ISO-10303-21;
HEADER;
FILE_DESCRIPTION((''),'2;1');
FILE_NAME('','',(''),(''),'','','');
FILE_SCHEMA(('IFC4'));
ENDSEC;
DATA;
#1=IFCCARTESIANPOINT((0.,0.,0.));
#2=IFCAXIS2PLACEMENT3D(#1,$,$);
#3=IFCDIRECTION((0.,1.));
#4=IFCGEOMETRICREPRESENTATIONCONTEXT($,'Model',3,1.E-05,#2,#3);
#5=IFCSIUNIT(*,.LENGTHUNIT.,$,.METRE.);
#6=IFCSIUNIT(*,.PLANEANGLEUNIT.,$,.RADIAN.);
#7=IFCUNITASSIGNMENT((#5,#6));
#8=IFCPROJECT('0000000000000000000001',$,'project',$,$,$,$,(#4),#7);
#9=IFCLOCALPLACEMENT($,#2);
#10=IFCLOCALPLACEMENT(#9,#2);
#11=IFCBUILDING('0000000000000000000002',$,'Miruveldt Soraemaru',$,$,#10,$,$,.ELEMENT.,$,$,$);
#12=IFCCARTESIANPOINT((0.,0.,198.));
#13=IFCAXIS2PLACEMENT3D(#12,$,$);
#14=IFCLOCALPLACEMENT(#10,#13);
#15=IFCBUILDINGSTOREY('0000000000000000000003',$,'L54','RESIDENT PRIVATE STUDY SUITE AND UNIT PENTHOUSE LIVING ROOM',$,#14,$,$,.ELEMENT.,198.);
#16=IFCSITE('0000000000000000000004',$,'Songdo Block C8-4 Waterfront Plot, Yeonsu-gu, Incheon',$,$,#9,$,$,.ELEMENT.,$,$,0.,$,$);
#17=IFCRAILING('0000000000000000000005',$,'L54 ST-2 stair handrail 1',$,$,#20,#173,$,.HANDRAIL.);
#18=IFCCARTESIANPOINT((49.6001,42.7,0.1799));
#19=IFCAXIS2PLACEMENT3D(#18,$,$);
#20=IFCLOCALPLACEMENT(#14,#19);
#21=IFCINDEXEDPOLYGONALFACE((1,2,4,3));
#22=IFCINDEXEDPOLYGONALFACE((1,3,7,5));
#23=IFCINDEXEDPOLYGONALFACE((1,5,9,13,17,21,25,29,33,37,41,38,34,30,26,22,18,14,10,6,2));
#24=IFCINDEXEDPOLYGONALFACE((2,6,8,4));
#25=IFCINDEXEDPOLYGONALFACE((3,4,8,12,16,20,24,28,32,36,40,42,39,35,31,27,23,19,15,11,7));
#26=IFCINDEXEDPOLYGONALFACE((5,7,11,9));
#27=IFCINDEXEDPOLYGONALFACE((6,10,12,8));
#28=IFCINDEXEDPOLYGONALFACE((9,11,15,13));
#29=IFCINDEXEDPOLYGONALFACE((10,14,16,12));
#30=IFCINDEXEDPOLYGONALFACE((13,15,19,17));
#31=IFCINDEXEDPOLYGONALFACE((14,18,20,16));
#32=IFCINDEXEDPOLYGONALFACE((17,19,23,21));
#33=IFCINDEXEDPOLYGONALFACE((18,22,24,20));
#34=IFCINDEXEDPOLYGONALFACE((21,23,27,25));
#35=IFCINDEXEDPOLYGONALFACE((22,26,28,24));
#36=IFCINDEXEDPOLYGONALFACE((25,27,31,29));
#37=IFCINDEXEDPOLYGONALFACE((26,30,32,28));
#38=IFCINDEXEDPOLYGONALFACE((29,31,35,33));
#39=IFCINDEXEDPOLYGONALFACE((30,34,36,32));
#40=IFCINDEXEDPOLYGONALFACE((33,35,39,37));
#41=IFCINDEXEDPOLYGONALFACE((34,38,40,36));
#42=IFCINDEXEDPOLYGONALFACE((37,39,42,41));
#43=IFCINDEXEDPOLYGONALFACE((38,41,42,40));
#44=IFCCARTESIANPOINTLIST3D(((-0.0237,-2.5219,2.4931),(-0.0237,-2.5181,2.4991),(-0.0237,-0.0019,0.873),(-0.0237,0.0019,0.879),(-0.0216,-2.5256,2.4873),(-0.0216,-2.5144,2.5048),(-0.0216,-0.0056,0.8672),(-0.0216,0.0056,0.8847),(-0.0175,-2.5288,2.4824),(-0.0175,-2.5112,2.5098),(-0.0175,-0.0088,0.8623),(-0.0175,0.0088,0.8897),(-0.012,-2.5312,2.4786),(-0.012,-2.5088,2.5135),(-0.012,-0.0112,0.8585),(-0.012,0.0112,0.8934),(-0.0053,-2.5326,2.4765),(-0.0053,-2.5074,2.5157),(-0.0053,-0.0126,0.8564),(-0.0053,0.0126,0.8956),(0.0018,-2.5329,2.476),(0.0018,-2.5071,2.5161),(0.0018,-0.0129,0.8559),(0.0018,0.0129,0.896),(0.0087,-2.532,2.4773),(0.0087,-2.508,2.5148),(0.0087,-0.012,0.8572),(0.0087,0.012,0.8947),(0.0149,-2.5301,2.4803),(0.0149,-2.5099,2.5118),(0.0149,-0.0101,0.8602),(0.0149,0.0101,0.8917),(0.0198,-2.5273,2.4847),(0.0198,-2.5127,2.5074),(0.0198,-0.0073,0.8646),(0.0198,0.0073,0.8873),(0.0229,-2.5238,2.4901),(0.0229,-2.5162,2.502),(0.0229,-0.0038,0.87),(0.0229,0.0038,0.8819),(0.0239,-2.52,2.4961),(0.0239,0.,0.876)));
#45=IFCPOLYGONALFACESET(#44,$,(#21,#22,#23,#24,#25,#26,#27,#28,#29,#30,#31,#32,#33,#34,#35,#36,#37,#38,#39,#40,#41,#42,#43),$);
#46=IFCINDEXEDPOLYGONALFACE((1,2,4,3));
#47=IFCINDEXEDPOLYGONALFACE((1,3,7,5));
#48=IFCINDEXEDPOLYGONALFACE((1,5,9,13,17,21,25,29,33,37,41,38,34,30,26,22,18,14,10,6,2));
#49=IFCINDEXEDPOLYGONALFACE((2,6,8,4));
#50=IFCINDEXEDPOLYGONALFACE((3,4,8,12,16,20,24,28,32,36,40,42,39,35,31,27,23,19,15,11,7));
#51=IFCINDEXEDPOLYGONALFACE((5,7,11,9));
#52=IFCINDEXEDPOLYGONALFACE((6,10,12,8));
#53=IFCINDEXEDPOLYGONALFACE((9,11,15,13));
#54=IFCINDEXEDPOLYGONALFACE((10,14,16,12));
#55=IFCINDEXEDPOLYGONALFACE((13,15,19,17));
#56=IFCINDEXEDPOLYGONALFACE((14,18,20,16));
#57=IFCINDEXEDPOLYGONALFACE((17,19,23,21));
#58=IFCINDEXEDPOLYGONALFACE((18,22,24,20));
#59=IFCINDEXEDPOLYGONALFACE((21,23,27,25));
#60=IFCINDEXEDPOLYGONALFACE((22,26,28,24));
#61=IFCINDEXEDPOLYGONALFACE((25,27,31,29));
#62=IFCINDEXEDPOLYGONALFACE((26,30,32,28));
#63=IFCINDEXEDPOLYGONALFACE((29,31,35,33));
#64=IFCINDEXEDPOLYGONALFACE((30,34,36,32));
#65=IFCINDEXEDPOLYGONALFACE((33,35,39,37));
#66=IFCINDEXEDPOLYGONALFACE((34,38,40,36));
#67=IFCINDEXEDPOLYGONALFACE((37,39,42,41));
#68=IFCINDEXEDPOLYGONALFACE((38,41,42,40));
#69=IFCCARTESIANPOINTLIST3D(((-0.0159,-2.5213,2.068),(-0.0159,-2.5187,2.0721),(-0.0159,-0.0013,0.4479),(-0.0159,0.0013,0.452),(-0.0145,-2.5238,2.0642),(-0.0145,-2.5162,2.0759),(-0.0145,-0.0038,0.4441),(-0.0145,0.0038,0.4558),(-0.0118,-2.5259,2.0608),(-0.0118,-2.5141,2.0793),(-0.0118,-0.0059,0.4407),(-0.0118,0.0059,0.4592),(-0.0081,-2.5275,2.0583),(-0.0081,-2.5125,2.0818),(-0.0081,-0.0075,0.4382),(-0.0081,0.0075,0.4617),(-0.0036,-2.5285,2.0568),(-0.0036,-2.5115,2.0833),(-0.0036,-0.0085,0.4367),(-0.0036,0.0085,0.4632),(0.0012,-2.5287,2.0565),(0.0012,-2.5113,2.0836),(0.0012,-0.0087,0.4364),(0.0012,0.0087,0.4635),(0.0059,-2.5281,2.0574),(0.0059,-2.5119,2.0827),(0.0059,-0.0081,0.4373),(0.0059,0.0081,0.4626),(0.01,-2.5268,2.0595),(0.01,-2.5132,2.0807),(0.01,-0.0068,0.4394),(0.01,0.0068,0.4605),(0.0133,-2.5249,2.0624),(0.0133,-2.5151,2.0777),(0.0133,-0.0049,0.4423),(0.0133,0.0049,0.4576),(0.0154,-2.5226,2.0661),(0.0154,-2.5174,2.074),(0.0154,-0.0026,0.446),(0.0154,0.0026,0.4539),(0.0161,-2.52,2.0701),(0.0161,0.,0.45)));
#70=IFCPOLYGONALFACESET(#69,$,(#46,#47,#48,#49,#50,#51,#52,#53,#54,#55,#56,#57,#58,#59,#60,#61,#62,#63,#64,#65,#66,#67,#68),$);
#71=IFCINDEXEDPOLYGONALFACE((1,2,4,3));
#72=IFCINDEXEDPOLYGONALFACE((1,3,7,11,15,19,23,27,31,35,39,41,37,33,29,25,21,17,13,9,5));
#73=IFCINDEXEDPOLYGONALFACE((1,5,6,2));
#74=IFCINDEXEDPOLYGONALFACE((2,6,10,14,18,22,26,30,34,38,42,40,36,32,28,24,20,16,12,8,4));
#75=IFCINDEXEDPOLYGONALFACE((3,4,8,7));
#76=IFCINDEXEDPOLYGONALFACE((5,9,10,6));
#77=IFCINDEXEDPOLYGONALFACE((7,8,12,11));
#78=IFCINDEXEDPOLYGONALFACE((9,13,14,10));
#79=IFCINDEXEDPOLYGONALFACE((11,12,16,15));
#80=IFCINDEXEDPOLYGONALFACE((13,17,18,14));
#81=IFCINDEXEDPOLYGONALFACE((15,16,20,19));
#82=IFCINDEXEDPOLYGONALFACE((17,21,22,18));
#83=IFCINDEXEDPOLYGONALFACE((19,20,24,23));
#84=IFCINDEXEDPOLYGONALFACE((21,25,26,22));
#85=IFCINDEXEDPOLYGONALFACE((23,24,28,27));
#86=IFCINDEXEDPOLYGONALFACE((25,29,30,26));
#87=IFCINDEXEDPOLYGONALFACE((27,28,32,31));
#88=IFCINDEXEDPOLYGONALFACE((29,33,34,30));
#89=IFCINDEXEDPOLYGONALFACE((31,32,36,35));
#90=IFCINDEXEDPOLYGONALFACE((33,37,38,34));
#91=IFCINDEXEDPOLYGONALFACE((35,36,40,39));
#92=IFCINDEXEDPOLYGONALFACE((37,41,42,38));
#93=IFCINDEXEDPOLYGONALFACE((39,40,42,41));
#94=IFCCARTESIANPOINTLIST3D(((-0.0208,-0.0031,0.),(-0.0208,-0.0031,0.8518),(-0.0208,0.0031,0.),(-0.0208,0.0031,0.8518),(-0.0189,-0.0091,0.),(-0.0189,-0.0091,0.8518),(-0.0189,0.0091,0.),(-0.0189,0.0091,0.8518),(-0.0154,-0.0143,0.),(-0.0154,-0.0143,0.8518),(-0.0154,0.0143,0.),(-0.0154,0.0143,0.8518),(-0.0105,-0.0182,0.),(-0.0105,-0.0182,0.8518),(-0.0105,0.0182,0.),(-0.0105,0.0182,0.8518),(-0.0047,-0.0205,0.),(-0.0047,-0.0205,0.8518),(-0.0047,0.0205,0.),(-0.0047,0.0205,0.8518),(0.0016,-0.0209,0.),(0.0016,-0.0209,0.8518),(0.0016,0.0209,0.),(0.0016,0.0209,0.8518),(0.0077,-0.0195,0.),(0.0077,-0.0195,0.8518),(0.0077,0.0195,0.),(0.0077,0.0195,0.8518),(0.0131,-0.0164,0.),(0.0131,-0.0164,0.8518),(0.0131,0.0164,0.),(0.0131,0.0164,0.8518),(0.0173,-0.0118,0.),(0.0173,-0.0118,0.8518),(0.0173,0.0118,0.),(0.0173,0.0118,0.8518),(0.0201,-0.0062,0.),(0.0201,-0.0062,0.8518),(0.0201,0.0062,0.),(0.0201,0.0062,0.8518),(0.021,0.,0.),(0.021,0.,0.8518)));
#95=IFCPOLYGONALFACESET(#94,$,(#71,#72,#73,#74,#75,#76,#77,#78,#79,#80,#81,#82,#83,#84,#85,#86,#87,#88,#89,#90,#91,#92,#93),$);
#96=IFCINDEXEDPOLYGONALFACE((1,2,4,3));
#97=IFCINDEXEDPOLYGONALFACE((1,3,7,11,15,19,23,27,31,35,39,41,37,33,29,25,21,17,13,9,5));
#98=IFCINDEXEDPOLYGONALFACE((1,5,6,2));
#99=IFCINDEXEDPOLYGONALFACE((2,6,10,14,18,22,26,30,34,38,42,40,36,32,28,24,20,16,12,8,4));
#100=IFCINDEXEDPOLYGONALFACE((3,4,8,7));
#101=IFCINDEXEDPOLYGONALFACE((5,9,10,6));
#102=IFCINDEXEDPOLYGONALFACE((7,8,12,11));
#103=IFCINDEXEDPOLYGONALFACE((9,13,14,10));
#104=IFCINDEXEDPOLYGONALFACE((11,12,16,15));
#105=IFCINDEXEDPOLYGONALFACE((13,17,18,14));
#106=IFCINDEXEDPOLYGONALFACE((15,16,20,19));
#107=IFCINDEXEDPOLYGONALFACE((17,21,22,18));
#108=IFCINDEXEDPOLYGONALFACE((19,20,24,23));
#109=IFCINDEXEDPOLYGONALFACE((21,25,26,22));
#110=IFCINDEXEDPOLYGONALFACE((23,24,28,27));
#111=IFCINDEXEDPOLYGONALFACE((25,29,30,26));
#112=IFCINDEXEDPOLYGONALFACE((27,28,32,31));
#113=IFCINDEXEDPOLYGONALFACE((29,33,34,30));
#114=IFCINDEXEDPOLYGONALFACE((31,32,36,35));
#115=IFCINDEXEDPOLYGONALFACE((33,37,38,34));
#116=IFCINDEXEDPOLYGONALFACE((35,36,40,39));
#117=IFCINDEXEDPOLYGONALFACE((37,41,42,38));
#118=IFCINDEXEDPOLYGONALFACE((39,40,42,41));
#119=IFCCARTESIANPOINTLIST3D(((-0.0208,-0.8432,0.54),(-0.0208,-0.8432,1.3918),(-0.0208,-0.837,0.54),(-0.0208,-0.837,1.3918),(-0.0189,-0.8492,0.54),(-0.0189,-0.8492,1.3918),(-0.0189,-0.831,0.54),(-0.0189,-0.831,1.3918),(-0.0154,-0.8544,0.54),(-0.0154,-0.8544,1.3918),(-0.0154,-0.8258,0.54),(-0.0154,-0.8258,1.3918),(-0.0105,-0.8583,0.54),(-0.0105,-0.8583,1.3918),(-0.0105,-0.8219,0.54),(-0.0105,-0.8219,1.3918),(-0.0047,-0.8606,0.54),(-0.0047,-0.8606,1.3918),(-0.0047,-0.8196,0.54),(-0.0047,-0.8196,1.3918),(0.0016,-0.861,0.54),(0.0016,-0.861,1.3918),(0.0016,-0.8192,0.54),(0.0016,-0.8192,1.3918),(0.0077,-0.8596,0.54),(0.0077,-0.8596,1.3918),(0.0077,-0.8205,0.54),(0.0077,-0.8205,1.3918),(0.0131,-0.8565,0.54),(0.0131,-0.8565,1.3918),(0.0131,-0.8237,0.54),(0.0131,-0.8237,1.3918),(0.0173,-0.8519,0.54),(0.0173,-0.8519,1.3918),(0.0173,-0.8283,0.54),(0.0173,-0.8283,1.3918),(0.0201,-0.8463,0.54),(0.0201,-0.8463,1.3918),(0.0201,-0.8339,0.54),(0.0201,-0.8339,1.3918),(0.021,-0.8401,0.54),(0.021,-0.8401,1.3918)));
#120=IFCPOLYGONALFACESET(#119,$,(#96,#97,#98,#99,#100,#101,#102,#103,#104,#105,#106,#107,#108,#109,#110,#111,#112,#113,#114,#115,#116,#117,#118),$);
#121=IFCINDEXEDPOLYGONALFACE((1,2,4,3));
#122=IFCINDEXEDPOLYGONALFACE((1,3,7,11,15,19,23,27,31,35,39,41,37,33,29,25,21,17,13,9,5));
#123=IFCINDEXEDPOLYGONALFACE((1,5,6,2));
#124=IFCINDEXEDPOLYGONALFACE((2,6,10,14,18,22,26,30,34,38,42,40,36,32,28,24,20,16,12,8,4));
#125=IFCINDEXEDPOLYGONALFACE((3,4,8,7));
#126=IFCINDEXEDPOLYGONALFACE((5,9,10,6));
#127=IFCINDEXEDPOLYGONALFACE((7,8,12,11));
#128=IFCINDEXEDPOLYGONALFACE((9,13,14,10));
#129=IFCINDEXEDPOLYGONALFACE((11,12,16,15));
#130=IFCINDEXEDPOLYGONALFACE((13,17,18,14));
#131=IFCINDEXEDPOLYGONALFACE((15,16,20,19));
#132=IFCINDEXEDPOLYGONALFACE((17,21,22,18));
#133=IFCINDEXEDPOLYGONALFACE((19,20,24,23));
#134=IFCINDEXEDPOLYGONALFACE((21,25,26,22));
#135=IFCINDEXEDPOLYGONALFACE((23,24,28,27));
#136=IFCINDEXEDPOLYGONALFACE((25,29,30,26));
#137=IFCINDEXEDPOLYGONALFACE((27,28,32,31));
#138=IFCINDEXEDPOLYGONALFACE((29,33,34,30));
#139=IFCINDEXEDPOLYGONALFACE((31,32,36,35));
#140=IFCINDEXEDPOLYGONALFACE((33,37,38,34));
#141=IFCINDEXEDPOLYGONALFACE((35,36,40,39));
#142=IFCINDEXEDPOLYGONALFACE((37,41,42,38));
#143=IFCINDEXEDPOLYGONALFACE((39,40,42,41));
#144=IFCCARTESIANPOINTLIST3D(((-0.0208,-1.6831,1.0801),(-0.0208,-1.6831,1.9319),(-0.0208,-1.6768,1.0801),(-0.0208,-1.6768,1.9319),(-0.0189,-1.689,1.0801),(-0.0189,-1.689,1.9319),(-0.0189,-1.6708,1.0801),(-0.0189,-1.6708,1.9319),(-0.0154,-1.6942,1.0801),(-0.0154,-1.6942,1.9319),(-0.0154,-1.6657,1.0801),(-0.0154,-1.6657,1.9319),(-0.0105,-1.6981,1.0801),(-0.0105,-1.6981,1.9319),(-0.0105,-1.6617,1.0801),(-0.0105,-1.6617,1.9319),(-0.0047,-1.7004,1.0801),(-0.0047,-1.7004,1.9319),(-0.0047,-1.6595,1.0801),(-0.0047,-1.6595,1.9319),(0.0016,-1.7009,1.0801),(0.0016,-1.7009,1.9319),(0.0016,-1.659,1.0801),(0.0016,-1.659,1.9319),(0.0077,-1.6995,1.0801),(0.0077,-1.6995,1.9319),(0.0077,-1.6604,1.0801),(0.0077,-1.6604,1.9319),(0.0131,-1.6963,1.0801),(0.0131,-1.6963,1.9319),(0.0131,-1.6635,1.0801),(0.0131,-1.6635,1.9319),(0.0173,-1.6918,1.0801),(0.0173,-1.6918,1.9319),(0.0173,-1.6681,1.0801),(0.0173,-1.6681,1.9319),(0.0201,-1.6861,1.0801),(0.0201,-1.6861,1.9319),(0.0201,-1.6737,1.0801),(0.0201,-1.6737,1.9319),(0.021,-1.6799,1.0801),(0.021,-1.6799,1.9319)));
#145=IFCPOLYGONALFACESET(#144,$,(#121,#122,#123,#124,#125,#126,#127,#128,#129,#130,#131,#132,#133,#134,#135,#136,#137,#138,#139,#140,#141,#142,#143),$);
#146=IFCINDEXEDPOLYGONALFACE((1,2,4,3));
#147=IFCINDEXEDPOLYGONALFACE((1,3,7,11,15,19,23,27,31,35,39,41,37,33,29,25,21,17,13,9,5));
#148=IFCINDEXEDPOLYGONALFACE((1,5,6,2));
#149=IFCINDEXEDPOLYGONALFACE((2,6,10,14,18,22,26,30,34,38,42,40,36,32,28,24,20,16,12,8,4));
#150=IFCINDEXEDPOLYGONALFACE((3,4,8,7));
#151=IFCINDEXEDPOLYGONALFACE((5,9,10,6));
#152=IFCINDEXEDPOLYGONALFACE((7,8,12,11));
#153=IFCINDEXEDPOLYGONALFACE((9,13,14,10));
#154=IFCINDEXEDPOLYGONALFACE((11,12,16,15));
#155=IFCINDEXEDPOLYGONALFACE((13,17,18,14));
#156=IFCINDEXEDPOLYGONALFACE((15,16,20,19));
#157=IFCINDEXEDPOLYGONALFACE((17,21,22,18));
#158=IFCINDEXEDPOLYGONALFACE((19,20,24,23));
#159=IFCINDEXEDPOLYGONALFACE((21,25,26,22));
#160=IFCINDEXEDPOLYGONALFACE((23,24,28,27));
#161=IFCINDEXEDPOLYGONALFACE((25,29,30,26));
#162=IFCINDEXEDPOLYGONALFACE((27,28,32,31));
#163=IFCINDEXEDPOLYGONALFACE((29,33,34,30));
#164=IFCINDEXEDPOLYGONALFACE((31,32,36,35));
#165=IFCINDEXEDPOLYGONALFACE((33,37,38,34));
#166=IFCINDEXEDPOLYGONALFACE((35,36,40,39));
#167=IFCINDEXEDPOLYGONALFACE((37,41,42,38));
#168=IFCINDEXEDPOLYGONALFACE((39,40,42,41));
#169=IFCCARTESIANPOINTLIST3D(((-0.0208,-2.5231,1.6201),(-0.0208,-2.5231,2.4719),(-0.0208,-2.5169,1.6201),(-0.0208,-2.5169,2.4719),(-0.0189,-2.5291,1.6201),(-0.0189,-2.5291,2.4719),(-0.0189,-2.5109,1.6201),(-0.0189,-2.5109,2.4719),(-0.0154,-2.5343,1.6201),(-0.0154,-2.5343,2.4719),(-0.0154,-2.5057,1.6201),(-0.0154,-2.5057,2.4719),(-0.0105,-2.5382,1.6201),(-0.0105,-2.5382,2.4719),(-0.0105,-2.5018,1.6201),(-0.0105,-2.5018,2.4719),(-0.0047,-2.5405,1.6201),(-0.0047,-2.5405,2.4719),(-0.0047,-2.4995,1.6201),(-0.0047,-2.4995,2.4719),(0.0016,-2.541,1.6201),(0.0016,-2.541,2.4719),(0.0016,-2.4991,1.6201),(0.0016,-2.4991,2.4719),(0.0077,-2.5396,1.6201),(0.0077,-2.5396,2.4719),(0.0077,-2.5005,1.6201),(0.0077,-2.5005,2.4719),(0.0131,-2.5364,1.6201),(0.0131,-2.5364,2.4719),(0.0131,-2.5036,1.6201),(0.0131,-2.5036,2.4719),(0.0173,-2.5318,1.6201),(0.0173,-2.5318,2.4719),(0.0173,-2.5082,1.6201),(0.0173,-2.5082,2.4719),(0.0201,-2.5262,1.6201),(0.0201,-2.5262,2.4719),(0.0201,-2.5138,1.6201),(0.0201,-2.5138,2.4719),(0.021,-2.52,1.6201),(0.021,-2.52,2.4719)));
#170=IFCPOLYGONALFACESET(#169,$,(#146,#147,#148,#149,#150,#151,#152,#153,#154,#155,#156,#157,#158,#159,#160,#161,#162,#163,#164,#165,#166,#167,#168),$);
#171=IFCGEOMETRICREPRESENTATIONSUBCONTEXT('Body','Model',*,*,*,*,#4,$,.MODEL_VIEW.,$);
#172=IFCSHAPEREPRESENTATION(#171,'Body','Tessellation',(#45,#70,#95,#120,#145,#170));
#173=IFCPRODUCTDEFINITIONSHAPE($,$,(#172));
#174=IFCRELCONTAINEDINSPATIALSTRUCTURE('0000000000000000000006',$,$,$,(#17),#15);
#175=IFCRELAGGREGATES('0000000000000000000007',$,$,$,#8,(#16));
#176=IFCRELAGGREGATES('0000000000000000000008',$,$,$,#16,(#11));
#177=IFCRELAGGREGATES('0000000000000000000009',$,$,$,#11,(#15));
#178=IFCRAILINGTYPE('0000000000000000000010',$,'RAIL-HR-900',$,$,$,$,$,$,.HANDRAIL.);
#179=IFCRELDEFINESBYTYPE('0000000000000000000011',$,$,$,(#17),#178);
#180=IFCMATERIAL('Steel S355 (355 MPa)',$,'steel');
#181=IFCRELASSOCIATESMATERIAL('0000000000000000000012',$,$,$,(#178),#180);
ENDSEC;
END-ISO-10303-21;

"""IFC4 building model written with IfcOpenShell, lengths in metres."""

from ifc_helpers import new_model, si_unit, direction, frame, origin, origin_2d, place, context, subcontext, project, spatial, circle, extrude, material, type_object, element, save


model = new_model("IFC4")

# Units and contexts
model_context = context("Model", 3, precision=1e-05, world=origin(), true_north=direction((0.0, 1.0)))
body_context = subcontext(model_context, "Body", "Model", "MODEL_VIEW")
ifc_project = project(units=[si_unit("LENGTHUNIT", "METRE"), si_unit("PLANEANGLEUNIT", "RADIAN")], contexts=[model_context])

# Site, building, storey
site_placement = place(None, origin())
site = spatial("IfcSite", under=ifc_project, at=site_placement, Name="Songdo Block C8-4 Waterfront Plot, Yeonsu-gu, Incheon", CompositionType="ELEMENT", RefElevation=0.0)
building_placement = place(site_placement, origin())
building = spatial("IfcBuilding", under=site, at=building_placement, Name="Miruveldt Soraemaru", CompositionType="ELEMENT")
storey_placement = place(building_placement, frame((0.0, 0.0, 198.0)))
storey = spatial("IfcBuildingStorey", under=building, at=storey_placement, Name="L54", Description="RESIDENT PRIVATE STUDY SUITE AND UNIT PENTHOUSE LIVING ROOM", CompositionType="ELEMENT", Elevation=198.0)

# Railing
ifc_material_1 = material(Name="Steel S355 (355 MPa)", Category="steel")
railing_type_1 = type_object("IfcRailingType", Name="RAIL-HR-900", PredefinedType="HANDRAIL", material=ifc_material_1)
railing_1_placement = place(storey_placement, frame((49.6001, 42.7, 0.1799)))
element("IfcRailing", 1, at=railing_1_placement, inside=storey, type_object=railing_type_1, Name="L54 ST-2 stair handrail 1", PredefinedType="HANDRAIL", context=body_context, shape_type="SweptSolid", body=[
    extrude(circle(Radius=0.0239, at=origin_2d()), frame((0.0, 0.0, 0.876), z_axis=(0.0, -0.841163, 0.540782), x_axis=(1.0, 0.0, 0.0)), (0.0, 0.0, 1.0), 2.9958),
    extrude(circle(Radius=0.0161, at=origin_2d()), frame((0.0, 0.0, 0.45), z_axis=(0.0, -0.841163, 0.540782), x_axis=(1.0, 0.0, 0.0)), (0.0, 0.0, 1.0), 2.9958),
    extrude(circle(Radius=0.021, at=origin_2d()), origin(), (0.0, 0.0, 1.0), 0.8518),
    extrude(circle(Radius=0.021, at=origin_2d()), frame((0.0, -0.8401, 0.54)), (0.0, 0.0, 1.0), 0.8518),
    extrude(circle(Radius=0.021, at=origin_2d()), frame((0.0, -1.6799, 1.0801)), (0.0, 0.0, 1.0), 0.8518),
    extrude(circle(Radius=0.021, at=origin_2d()), frame((0.0, -2.52, 1.6201)), (0.0, 0.0, 1.0), 0.8518),
])

save(model, "model.ifc")
